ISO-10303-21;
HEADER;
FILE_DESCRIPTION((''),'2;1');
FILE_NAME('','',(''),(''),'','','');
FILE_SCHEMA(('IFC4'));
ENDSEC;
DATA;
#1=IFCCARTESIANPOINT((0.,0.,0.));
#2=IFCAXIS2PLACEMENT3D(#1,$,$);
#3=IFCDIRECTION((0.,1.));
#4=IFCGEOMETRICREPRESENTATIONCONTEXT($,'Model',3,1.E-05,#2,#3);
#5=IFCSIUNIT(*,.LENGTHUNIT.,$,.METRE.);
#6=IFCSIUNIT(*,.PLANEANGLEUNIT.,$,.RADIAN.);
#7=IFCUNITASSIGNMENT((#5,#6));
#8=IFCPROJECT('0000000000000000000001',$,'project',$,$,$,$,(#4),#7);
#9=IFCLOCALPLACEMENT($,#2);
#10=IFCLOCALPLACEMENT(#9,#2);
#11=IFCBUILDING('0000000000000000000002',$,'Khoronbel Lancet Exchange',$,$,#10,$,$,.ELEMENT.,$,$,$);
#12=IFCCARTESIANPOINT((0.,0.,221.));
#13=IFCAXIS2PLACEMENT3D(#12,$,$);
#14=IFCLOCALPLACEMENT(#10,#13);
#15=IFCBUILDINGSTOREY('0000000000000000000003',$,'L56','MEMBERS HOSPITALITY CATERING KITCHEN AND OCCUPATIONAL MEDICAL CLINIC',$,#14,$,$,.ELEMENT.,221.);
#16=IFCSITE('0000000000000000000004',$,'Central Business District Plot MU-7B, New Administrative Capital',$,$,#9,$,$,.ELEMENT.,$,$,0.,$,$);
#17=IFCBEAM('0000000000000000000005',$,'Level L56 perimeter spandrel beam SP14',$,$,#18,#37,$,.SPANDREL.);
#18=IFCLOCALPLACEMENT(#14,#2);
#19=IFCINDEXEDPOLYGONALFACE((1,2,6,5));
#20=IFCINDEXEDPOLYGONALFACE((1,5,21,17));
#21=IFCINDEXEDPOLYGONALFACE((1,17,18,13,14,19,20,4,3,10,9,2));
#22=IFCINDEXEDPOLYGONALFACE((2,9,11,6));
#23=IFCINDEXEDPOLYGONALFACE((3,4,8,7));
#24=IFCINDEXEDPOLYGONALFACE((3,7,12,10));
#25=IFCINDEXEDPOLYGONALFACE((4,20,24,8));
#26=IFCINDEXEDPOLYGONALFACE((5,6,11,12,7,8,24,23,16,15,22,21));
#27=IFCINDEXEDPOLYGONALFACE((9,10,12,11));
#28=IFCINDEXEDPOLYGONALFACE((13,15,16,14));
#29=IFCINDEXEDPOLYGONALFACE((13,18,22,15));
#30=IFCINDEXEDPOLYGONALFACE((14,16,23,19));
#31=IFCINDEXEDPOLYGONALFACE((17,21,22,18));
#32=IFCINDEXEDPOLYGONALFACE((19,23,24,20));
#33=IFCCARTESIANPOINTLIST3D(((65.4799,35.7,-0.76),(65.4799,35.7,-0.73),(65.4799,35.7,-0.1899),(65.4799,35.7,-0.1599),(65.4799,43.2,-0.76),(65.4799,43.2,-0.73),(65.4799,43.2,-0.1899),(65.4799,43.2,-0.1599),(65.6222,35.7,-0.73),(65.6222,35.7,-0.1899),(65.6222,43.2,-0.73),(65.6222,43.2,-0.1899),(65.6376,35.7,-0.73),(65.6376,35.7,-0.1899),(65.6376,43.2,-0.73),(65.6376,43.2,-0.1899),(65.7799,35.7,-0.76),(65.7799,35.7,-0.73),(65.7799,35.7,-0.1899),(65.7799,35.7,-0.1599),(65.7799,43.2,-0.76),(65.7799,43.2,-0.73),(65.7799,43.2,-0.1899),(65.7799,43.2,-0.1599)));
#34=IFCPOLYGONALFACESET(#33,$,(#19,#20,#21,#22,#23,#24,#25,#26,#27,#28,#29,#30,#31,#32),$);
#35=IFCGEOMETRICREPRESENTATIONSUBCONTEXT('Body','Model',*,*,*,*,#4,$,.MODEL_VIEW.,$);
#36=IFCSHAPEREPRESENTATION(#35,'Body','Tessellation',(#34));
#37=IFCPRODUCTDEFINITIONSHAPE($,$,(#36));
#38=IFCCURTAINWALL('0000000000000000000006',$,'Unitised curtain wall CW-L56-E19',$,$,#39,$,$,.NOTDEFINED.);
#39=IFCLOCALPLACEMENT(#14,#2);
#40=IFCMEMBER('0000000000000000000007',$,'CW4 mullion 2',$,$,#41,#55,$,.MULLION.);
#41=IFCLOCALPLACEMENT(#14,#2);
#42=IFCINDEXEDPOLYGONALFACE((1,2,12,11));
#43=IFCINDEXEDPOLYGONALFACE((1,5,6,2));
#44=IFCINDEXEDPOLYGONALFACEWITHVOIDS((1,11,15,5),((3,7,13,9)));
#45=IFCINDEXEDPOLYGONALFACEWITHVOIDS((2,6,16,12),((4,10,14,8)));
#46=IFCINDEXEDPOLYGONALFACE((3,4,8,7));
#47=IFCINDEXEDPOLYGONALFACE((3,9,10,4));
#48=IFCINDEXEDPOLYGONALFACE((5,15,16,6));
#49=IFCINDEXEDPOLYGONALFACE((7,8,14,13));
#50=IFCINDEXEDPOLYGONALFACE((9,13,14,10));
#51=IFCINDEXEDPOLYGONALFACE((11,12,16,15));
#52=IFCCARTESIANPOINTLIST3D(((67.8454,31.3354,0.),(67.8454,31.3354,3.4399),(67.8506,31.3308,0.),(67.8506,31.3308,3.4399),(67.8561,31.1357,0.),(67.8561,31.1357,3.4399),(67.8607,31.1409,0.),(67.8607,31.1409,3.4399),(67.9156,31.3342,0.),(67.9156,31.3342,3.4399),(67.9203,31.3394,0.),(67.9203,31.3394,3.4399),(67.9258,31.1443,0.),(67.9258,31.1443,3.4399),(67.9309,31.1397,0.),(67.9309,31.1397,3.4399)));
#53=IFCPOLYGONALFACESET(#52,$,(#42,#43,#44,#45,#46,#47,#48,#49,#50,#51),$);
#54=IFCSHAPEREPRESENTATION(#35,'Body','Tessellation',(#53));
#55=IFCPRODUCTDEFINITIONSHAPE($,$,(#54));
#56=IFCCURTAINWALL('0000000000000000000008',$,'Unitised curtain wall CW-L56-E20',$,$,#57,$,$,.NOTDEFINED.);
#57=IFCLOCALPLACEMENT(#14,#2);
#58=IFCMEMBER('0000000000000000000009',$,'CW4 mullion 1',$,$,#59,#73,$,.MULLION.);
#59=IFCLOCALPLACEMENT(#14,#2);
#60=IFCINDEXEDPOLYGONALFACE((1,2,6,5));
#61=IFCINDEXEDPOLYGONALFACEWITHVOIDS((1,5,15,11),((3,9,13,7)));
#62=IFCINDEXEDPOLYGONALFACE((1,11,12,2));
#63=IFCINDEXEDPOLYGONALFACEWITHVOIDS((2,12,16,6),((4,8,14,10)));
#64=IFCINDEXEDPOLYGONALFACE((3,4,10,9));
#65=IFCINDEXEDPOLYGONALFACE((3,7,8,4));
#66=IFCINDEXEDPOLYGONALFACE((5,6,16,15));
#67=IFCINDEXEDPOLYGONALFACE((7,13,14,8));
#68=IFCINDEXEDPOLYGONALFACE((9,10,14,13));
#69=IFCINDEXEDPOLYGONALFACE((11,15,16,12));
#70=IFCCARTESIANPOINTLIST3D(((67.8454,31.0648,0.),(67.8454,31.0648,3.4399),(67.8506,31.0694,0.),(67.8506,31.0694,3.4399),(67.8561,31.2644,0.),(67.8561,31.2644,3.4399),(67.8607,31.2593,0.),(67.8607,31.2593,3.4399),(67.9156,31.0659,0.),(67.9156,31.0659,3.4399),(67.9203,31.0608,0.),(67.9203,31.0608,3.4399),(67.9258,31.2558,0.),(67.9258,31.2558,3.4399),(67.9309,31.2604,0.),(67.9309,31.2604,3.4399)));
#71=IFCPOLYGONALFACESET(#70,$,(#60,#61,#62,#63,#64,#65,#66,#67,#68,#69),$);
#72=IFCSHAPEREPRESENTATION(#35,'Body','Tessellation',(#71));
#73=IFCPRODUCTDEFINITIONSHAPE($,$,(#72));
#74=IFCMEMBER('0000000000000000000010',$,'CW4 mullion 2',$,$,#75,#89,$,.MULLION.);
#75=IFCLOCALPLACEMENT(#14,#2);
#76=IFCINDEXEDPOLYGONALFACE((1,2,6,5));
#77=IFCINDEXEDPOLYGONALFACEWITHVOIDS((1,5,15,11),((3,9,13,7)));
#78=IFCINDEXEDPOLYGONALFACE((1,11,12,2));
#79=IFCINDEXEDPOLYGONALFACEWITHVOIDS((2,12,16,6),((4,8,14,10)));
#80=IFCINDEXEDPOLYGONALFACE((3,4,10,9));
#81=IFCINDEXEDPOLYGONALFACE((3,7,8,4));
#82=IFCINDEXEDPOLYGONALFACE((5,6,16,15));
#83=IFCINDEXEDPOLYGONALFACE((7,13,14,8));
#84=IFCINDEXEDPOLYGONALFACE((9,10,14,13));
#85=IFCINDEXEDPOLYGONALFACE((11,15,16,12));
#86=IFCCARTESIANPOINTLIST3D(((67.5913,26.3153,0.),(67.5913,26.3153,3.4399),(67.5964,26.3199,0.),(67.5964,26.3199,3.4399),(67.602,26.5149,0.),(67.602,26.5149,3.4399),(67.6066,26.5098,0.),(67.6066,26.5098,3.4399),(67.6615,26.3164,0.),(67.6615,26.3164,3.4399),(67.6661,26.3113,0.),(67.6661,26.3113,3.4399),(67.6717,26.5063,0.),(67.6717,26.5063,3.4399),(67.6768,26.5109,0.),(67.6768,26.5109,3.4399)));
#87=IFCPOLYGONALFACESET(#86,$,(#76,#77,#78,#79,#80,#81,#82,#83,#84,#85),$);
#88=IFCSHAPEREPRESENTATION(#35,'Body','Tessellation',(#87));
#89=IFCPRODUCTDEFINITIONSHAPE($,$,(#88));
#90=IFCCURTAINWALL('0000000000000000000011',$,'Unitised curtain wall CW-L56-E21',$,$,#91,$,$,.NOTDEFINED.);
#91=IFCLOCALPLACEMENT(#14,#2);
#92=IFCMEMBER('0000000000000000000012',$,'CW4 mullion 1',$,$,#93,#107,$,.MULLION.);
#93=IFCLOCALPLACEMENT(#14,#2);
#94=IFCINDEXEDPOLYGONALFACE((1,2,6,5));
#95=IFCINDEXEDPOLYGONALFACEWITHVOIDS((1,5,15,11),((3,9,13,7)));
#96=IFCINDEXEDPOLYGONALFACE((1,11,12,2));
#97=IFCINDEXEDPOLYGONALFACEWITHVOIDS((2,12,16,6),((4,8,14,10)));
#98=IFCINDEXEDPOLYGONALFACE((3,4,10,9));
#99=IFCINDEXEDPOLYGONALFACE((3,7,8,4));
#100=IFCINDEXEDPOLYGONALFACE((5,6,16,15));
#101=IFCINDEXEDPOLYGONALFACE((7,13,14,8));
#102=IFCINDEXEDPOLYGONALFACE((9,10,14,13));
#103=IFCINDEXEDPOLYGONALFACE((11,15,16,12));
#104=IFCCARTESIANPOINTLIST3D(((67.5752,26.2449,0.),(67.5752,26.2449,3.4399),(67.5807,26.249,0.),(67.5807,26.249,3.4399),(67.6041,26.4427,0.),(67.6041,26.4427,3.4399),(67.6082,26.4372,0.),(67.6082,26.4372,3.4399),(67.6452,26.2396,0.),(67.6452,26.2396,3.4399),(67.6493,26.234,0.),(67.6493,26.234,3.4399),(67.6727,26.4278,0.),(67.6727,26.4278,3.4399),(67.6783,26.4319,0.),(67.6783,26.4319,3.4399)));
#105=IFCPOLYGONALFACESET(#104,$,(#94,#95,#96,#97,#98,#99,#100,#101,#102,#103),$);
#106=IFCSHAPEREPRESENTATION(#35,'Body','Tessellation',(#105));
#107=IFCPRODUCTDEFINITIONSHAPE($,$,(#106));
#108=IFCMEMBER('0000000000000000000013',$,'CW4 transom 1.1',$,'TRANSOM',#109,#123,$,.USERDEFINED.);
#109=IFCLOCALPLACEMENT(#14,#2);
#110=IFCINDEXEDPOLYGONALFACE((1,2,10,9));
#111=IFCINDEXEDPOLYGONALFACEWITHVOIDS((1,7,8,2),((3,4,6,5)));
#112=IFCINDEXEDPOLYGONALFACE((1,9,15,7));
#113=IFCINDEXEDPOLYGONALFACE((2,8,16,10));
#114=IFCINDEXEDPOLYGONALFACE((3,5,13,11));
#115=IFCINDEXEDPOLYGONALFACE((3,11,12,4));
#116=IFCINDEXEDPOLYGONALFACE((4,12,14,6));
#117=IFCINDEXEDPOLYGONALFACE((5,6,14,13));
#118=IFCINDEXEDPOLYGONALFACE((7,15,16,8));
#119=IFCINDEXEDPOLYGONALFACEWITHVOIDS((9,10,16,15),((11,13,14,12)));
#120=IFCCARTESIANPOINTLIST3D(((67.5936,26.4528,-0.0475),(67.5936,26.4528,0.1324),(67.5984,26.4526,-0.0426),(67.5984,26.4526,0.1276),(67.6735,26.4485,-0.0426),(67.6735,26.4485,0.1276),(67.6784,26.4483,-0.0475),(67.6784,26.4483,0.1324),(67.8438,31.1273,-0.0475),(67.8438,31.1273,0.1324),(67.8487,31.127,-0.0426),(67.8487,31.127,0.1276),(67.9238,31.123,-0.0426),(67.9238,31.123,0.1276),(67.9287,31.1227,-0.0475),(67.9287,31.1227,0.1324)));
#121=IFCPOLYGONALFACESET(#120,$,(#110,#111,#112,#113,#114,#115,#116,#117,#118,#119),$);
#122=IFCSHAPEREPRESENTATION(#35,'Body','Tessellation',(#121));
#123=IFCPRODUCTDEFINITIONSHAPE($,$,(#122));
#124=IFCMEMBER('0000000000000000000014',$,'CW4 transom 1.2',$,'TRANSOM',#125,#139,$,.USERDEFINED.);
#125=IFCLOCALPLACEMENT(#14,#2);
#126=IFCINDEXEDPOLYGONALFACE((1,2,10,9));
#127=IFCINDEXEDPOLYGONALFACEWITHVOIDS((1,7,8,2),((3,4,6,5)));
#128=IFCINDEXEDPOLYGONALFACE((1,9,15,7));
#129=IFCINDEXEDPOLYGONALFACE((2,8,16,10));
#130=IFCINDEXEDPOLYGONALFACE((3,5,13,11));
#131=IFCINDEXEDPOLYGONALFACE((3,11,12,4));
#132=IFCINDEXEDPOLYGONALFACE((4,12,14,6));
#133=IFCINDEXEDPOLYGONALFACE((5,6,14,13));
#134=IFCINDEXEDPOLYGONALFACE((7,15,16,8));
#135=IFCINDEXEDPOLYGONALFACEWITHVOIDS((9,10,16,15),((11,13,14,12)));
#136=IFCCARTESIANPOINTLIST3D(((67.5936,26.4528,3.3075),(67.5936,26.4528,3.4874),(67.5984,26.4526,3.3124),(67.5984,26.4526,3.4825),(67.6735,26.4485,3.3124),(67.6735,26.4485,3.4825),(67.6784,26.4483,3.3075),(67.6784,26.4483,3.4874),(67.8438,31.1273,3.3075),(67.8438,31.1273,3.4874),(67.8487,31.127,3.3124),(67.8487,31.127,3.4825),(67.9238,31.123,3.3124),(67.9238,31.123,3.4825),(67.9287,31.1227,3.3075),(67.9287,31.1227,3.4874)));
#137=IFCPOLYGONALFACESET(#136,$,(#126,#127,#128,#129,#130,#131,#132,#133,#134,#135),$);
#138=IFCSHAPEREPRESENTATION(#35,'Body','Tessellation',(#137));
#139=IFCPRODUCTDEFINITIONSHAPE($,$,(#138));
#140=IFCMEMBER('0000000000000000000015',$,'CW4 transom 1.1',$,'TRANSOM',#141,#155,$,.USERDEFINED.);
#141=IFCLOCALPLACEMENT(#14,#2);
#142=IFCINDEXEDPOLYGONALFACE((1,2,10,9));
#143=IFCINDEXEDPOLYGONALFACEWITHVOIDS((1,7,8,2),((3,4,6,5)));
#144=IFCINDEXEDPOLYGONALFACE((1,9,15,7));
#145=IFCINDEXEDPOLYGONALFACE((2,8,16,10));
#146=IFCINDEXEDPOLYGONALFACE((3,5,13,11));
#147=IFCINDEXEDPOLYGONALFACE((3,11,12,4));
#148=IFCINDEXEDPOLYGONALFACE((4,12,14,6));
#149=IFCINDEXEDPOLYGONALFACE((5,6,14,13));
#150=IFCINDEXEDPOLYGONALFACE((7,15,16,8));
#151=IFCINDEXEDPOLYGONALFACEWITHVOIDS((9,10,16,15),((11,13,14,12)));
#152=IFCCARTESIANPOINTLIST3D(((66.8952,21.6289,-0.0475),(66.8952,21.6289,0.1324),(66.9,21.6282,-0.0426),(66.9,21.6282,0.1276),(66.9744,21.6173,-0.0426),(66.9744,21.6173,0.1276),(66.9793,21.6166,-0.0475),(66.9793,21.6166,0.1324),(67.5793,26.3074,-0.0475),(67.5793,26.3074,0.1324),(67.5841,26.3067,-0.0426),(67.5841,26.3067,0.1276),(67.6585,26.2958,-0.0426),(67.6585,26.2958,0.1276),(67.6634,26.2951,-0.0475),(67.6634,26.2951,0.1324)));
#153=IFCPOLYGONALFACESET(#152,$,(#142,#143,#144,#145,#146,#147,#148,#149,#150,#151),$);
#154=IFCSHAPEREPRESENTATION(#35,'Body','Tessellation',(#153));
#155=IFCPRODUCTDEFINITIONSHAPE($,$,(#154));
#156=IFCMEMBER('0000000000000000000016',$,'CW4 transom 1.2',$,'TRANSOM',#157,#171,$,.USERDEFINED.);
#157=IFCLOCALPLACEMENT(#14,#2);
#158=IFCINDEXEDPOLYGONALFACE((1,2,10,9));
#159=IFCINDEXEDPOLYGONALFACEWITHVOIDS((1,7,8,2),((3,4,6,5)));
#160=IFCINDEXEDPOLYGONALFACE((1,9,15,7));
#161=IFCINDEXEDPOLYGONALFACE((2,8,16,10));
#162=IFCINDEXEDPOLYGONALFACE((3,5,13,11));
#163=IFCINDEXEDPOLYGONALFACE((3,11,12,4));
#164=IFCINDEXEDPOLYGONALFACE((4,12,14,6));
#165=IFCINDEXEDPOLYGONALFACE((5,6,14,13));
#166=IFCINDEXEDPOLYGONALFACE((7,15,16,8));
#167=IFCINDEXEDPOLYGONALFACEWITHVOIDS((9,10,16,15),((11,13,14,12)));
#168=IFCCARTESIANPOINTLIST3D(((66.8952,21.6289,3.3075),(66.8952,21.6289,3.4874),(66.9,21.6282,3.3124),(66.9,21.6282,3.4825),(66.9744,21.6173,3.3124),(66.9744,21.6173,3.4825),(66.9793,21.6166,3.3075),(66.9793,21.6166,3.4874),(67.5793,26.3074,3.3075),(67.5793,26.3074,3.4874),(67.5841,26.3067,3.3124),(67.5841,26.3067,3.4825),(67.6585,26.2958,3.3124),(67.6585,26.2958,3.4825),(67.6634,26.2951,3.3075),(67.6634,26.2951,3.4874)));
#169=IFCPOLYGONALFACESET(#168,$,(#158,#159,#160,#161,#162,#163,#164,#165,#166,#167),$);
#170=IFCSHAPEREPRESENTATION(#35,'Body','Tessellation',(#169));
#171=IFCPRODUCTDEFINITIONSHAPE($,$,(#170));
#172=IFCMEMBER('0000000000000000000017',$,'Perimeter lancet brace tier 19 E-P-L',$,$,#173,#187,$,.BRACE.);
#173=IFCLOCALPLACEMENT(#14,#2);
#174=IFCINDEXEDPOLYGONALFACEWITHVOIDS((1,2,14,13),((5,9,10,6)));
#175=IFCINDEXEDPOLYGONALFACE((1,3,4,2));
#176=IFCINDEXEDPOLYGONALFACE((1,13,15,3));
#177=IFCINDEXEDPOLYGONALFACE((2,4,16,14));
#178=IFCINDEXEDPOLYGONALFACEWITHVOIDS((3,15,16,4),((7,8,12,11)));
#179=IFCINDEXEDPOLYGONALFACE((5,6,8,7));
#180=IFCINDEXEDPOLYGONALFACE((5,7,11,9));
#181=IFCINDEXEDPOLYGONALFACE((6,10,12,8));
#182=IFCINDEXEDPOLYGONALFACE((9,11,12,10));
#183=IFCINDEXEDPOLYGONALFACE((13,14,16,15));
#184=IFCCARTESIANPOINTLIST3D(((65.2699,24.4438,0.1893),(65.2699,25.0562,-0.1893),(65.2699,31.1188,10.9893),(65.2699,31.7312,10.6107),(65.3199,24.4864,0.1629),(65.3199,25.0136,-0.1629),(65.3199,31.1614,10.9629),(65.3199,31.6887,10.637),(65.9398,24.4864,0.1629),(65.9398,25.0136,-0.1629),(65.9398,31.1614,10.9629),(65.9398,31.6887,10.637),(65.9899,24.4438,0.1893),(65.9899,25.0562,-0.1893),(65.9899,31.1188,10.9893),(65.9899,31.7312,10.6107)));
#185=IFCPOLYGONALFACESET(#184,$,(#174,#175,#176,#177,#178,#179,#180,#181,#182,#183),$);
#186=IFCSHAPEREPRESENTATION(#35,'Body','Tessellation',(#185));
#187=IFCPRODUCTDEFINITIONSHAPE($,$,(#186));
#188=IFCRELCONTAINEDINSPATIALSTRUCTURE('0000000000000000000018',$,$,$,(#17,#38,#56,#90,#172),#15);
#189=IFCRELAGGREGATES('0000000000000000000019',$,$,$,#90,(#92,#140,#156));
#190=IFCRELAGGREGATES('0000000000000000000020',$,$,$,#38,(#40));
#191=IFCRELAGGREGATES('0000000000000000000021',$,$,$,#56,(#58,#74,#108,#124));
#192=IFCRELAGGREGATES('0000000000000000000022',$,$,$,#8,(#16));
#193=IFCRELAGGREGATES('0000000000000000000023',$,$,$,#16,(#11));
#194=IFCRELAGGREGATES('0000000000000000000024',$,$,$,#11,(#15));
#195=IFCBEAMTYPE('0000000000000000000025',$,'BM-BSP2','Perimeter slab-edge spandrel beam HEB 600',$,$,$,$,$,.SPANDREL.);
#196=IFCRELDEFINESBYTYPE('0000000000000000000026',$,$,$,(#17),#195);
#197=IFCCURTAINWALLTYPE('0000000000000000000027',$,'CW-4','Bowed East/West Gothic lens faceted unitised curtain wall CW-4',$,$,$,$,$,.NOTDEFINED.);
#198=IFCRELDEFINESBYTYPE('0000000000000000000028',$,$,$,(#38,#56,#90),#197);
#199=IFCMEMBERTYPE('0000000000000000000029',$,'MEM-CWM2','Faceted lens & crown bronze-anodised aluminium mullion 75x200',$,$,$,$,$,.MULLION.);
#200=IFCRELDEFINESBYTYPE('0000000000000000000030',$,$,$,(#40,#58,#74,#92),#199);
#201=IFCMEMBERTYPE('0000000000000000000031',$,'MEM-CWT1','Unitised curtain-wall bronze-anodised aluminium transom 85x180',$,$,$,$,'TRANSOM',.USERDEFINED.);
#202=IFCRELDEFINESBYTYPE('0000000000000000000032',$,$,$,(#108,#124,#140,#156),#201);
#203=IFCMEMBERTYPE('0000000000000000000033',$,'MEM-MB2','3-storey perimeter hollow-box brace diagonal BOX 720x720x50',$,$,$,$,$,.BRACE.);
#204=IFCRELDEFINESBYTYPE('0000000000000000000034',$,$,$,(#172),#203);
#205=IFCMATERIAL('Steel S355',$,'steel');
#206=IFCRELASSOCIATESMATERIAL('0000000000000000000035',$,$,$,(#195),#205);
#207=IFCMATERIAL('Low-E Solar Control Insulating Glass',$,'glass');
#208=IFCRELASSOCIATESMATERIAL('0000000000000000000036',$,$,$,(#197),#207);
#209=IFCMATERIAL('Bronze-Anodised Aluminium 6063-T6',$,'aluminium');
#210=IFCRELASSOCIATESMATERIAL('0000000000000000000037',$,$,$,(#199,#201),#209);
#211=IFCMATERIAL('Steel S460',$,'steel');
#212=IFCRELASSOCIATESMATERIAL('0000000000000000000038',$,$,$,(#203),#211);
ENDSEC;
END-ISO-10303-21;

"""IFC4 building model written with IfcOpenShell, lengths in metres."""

from ifc_helpers import new_model, si_unit, direction, frame, origin, origin_2d, place, context, subcontext, project, spatial, hollow_rectangle, i_section, extrude, material, material_profile, profile_set, type_object, element, aggregate, save


model = new_model("IFC4")

# Units and contexts
model_context = context("Model", 3, precision=1e-05, world=origin(), true_north=direction((0.0, 1.0)))
body_context = subcontext(model_context, "Body", "Model", "MODEL_VIEW")
ifc_project = project(units=[si_unit("LENGTHUNIT", "METRE"), si_unit("PLANEANGLEUNIT", "RADIAN")], contexts=[model_context])

# Site, building, storey
site_placement = place(None, origin())
site = spatial("IfcSite", under=ifc_project, at=site_placement, Name="Central Business District Plot MU-7B, New Administrative Capital", CompositionType="ELEMENT", RefElevation=0.0)
building_placement = place(site_placement, origin())
building = spatial("IfcBuilding", under=site, at=building_placement, Name="Khoronbel Lancet Exchange", CompositionType="ELEMENT")
storey_placement = place(building_placement, frame((0.0, 0.0, 221.0)))
storey = spatial("IfcBuildingStorey", under=building, at=storey_placement, Name="L56", Description="MEMBERS HOSPITALITY CATERING KITCHEN AND OCCUPATIONAL MEDICAL CLINIC", CompositionType="ELEMENT", Elevation=221.0)

# Shared definitions
ifc_material_1 = material(Name="Steel S355", Category="steel")

# Beam
ifc_material_profile_1 = material_profile(ifc_material_1, i_section(OverallWidth=0.3, OverallDepth=0.6001, WebThickness=0.0154, FlangeThickness=0.03, at=origin_2d()), Name="HEB 600")
ifc_profile_set_1 = profile_set([ifc_material_profile_1], Name="Steel S355")
beam_type_1 = type_object("IfcBeamType", Name="BM-BSP2", Description="Perimeter slab-edge spandrel beam HEB 600", PredefinedType="SPANDREL", material=ifc_profile_set_1)
beam_1_placement = place(storey_placement, frame((65.6299, 35.7, -0.46), z_axis=(0.0, 1.0, 0.0), x_axis=(-1.0, 0.0, 0.0)))
element("IfcBeam", 1, at=beam_1_placement, inside=storey, type_object=beam_type_1, Name="Level L56 perimeter spandrel beam SP14", PredefinedType="SPANDREL", context=body_context, shape_type="SweptSolid", body=[
    extrude(i_section(OverallWidth=0.3, OverallDepth=0.6001, WebThickness=0.0154, FlangeThickness=0.03, at=origin_2d()), origin(), (0.0, 0.0, 1.0), 7.5),
])

# Curtain wall, member
ifc_material_2 = material(Name="Low-E Solar Control Insulating Glass", Category="glass")
curtain_wall_type = type_object("IfcCurtainWallType", Name="CW-4", Description="Bowed East/West Gothic lens faceted unitised curtain wall CW-4", PredefinedType="NOTDEFINED", material=ifc_material_2)
curtain_wall_1_placement = place(storey_placement, origin())
curtain_wall_1 = element("IfcCurtainWall", 2, at=curtain_wall_1_placement, inside=storey, type_object=curtain_wall_type, Name="Unitised curtain wall CW-L56-E19", PredefinedType="NOTDEFINED")
ifc_material_3 = material(Name="Bronze-Anodised Aluminium 6063-T6", Category="aluminium")
ifc_material_profile_2 = material_profile(ifc_material_3, hollow_rectangle(XDim=0.075, YDim=0.2, WallThickness=0.0049, at=origin_2d()), Name="ALU MULLION 75x200")
ifc_profile_set_2 = profile_set([ifc_material_profile_2], Name="Bronze-Anodised Aluminium 6063-T6")
member_type_1 = type_object("IfcMemberType", Name="MEM-CWM2", Description="Faceted lens & crown bronze-anodised aluminium mullion 75x200", PredefinedType="MULLION", material=ifc_profile_set_2)
member_1_placement = place(storey_placement, frame((67.8882, 31.2375, 0.0), z_axis=(0.0, 0.0, 1.0), x_axis=(0.998571, 0.053443, 0.0)))
member_1 = element("IfcMember", 3, at=member_1_placement, type_object=member_type_1, Name="CW4 mullion 2", PredefinedType="MULLION", context=body_context, shape_type="SweptSolid", body=[
    extrude(hollow_rectangle(XDim=0.075, YDim=0.2, WallThickness=0.0049, at=origin_2d()), origin(), (0.0, 0.0, 1.0), 3.4399),
])

# Curtain wall, members
curtain_wall_2_placement = place(storey_placement, origin())
curtain_wall_2 = element("IfcCurtainWall", 4, at=curtain_wall_2_placement, inside=storey, type_object=curtain_wall_type, Name="Unitised curtain wall CW-L56-E20", PredefinedType="NOTDEFINED")
member_2_placement = place(storey_placement, frame((67.8882, 31.1626, 0.0), z_axis=(0.0, 0.0, 1.0), x_axis=(0.998571, -0.053443, 0.0)))
member_2 = element("IfcMember", 5, at=member_2_placement, type_object=member_type_1, Name="CW4 mullion 1", PredefinedType="MULLION", context=body_context, shape_type="SweptSolid", body=[
    extrude(hollow_rectangle(XDim=0.075, YDim=0.2, WallThickness=0.0049, at=origin_2d()), origin(), (0.0, 0.0, 1.0), 3.4399),
])
member_3_placement = place(storey_placement, frame((67.634, 26.4131, 0.0), z_axis=(0.0, 0.0, 1.0), x_axis=(0.998571, -0.053443, 0.0)))
member_3 = element("IfcMember", 6, at=member_3_placement, type_object=member_type_1, Name="CW4 mullion 2", PredefinedType="MULLION", context=body_context, shape_type="SweptSolid", body=[
    extrude(hollow_rectangle(XDim=0.075, YDim=0.2, WallThickness=0.0049, at=origin_2d()), origin(), (0.0, 0.0, 1.0), 3.4399),
])

# Curtain wall, member
curtain_wall_3_placement = place(storey_placement, origin())
curtain_wall_3 = element("IfcCurtainWall", 7, at=curtain_wall_3_placement, inside=storey, type_object=curtain_wall_type, Name="Unitised curtain wall CW-L56-E21", PredefinedType="NOTDEFINED")
member_4_placement = place(storey_placement, frame((67.6267, 26.3384, 0.0), z_axis=(0.0, 0.0, 1.0), x_axis=(0.989484, -0.144641, 0.0)))
member_4 = element("IfcMember", 8, at=member_4_placement, type_object=member_type_1, Name="CW4 mullion 1", PredefinedType="MULLION", context=body_context, shape_type="SweptSolid", body=[
    extrude(hollow_rectangle(XDim=0.075, YDim=0.2, WallThickness=0.0049, at=origin_2d()), origin(), (0.0, 0.0, 1.0), 3.4399),
])

# Members
ifc_material_profile_3 = material_profile(ifc_material_3, hollow_rectangle(XDim=0.085, YDim=0.1799, WallThickness=0.0049, at=origin_2d()), Name="ALU TRANSOM 85x180")
ifc_profile_set_3 = profile_set([ifc_material_profile_3], Name="Bronze-Anodised Aluminium 6063-T6")
member_type_2 = type_object("IfcMemberType", Name="MEM-CWT1", Description="Unitised curtain-wall bronze-anodised aluminium transom 85x180", ElementType="TRANSOM", PredefinedType="USERDEFINED", material=ifc_profile_set_3)
member_5_placement = place(storey_placement, frame((67.8862, 31.125, 0.0425), z_axis=(-0.053457, -0.99857, 0.0), x_axis=(0.99857, -0.053457, 0.0)))
member_5 = element("IfcMember", 9, at=member_5_placement, type_object=member_type_2, Name="CW4 transom 1.1", ObjectType="TRANSOM", PredefinedType="USERDEFINED", context=body_context, shape_type="SweptSolid", body=[
    extrude(hollow_rectangle(XDim=0.085, YDim=0.1799, WallThickness=0.0049, at=origin_2d()), origin(), (0.0, 0.0, 1.0), 4.6812),
])
member_6_placement = place(storey_placement, frame((67.8862, 31.125, 3.3975), z_axis=(-0.053457, -0.99857, 0.0), x_axis=(0.99857, -0.053457, 0.0)))
member_6 = element("IfcMember", 10, at=member_6_placement, type_object=member_type_2, Name="CW4 transom 1.2", ObjectType="TRANSOM", PredefinedType="USERDEFINED", context=body_context, shape_type="SweptSolid", body=[
    extrude(hollow_rectangle(XDim=0.085, YDim=0.1799, WallThickness=0.0049, at=origin_2d()), origin(), (0.0, 0.0, 1.0), 4.6812),
])
member_7_placement = place(storey_placement, frame((67.6213, 26.3013, 0.0425), z_axis=(-0.144681, -0.989478, 0.0), x_axis=(0.989478, -0.144681, 0.0)))
member_7 = element("IfcMember", 11, at=member_7_placement, type_object=member_type_2, Name="CW4 transom 1.1", ObjectType="TRANSOM", PredefinedType="USERDEFINED", context=body_context, shape_type="SweptSolid", body=[
    extrude(hollow_rectangle(XDim=0.085, YDim=0.1799, WallThickness=0.0049, at=origin_2d()), origin(), (0.0, 0.0, 1.0), 4.7283),
])
member_8_placement = place(storey_placement, frame((67.6213, 26.3013, 3.3975), z_axis=(-0.144681, -0.989478, 0.0), x_axis=(0.989478, -0.144681, 0.0)))
member_8 = element("IfcMember", 12, at=member_8_placement, type_object=member_type_2, Name="CW4 transom 1.2", ObjectType="TRANSOM", PredefinedType="USERDEFINED", context=body_context, shape_type="SweptSolid", body=[
    extrude(hollow_rectangle(XDim=0.085, YDim=0.1799, WallThickness=0.0049, at=origin_2d()), origin(), (0.0, 0.0, 1.0), 4.7283),
])
aggregate(curtain_wall_3, [member_4, member_7, member_8])
ifc_material_4 = material(Name="Steel S460", Category="steel")
ifc_material_profile_4 = material_profile(ifc_material_4, hollow_rectangle(XDim=0.72, YDim=0.72, WallThickness=0.05, at=origin_2d()), Name="BOX 720x720x50")
ifc_profile_set_4 = profile_set([ifc_material_profile_4], Name="Steel S460")
member_type_3 = type_object("IfcMemberType", Name="MEM-MB2", Description="3-storey perimeter hollow-box brace diagonal BOX 720x720x50", PredefinedType="BRACE", material=ifc_profile_set_4)
member_9_placement = place(storey_placement, frame((65.6299, 24.75, 0.0), z_axis=(0.0, 0.525745, 0.850642), x_axis=(-1.0, 0.0, 0.0)))
element("IfcMember", 13, at=member_9_placement, inside=storey, type_object=member_type_3, Name="Perimeter lancet brace tier 19 E-P-L", PredefinedType="BRACE", context=body_context, shape_type="SweptSolid", body=[
    extrude(hollow_rectangle(XDim=0.72, YDim=0.72, WallThickness=0.05, at=origin_2d()), origin(), (0.0, 0.0, 1.0), 12.6963),
])

aggregate(curtain_wall_1, [member_1])
aggregate(curtain_wall_2, [member_2, member_3, member_5, member_6])

save(model, "model.ifc")
